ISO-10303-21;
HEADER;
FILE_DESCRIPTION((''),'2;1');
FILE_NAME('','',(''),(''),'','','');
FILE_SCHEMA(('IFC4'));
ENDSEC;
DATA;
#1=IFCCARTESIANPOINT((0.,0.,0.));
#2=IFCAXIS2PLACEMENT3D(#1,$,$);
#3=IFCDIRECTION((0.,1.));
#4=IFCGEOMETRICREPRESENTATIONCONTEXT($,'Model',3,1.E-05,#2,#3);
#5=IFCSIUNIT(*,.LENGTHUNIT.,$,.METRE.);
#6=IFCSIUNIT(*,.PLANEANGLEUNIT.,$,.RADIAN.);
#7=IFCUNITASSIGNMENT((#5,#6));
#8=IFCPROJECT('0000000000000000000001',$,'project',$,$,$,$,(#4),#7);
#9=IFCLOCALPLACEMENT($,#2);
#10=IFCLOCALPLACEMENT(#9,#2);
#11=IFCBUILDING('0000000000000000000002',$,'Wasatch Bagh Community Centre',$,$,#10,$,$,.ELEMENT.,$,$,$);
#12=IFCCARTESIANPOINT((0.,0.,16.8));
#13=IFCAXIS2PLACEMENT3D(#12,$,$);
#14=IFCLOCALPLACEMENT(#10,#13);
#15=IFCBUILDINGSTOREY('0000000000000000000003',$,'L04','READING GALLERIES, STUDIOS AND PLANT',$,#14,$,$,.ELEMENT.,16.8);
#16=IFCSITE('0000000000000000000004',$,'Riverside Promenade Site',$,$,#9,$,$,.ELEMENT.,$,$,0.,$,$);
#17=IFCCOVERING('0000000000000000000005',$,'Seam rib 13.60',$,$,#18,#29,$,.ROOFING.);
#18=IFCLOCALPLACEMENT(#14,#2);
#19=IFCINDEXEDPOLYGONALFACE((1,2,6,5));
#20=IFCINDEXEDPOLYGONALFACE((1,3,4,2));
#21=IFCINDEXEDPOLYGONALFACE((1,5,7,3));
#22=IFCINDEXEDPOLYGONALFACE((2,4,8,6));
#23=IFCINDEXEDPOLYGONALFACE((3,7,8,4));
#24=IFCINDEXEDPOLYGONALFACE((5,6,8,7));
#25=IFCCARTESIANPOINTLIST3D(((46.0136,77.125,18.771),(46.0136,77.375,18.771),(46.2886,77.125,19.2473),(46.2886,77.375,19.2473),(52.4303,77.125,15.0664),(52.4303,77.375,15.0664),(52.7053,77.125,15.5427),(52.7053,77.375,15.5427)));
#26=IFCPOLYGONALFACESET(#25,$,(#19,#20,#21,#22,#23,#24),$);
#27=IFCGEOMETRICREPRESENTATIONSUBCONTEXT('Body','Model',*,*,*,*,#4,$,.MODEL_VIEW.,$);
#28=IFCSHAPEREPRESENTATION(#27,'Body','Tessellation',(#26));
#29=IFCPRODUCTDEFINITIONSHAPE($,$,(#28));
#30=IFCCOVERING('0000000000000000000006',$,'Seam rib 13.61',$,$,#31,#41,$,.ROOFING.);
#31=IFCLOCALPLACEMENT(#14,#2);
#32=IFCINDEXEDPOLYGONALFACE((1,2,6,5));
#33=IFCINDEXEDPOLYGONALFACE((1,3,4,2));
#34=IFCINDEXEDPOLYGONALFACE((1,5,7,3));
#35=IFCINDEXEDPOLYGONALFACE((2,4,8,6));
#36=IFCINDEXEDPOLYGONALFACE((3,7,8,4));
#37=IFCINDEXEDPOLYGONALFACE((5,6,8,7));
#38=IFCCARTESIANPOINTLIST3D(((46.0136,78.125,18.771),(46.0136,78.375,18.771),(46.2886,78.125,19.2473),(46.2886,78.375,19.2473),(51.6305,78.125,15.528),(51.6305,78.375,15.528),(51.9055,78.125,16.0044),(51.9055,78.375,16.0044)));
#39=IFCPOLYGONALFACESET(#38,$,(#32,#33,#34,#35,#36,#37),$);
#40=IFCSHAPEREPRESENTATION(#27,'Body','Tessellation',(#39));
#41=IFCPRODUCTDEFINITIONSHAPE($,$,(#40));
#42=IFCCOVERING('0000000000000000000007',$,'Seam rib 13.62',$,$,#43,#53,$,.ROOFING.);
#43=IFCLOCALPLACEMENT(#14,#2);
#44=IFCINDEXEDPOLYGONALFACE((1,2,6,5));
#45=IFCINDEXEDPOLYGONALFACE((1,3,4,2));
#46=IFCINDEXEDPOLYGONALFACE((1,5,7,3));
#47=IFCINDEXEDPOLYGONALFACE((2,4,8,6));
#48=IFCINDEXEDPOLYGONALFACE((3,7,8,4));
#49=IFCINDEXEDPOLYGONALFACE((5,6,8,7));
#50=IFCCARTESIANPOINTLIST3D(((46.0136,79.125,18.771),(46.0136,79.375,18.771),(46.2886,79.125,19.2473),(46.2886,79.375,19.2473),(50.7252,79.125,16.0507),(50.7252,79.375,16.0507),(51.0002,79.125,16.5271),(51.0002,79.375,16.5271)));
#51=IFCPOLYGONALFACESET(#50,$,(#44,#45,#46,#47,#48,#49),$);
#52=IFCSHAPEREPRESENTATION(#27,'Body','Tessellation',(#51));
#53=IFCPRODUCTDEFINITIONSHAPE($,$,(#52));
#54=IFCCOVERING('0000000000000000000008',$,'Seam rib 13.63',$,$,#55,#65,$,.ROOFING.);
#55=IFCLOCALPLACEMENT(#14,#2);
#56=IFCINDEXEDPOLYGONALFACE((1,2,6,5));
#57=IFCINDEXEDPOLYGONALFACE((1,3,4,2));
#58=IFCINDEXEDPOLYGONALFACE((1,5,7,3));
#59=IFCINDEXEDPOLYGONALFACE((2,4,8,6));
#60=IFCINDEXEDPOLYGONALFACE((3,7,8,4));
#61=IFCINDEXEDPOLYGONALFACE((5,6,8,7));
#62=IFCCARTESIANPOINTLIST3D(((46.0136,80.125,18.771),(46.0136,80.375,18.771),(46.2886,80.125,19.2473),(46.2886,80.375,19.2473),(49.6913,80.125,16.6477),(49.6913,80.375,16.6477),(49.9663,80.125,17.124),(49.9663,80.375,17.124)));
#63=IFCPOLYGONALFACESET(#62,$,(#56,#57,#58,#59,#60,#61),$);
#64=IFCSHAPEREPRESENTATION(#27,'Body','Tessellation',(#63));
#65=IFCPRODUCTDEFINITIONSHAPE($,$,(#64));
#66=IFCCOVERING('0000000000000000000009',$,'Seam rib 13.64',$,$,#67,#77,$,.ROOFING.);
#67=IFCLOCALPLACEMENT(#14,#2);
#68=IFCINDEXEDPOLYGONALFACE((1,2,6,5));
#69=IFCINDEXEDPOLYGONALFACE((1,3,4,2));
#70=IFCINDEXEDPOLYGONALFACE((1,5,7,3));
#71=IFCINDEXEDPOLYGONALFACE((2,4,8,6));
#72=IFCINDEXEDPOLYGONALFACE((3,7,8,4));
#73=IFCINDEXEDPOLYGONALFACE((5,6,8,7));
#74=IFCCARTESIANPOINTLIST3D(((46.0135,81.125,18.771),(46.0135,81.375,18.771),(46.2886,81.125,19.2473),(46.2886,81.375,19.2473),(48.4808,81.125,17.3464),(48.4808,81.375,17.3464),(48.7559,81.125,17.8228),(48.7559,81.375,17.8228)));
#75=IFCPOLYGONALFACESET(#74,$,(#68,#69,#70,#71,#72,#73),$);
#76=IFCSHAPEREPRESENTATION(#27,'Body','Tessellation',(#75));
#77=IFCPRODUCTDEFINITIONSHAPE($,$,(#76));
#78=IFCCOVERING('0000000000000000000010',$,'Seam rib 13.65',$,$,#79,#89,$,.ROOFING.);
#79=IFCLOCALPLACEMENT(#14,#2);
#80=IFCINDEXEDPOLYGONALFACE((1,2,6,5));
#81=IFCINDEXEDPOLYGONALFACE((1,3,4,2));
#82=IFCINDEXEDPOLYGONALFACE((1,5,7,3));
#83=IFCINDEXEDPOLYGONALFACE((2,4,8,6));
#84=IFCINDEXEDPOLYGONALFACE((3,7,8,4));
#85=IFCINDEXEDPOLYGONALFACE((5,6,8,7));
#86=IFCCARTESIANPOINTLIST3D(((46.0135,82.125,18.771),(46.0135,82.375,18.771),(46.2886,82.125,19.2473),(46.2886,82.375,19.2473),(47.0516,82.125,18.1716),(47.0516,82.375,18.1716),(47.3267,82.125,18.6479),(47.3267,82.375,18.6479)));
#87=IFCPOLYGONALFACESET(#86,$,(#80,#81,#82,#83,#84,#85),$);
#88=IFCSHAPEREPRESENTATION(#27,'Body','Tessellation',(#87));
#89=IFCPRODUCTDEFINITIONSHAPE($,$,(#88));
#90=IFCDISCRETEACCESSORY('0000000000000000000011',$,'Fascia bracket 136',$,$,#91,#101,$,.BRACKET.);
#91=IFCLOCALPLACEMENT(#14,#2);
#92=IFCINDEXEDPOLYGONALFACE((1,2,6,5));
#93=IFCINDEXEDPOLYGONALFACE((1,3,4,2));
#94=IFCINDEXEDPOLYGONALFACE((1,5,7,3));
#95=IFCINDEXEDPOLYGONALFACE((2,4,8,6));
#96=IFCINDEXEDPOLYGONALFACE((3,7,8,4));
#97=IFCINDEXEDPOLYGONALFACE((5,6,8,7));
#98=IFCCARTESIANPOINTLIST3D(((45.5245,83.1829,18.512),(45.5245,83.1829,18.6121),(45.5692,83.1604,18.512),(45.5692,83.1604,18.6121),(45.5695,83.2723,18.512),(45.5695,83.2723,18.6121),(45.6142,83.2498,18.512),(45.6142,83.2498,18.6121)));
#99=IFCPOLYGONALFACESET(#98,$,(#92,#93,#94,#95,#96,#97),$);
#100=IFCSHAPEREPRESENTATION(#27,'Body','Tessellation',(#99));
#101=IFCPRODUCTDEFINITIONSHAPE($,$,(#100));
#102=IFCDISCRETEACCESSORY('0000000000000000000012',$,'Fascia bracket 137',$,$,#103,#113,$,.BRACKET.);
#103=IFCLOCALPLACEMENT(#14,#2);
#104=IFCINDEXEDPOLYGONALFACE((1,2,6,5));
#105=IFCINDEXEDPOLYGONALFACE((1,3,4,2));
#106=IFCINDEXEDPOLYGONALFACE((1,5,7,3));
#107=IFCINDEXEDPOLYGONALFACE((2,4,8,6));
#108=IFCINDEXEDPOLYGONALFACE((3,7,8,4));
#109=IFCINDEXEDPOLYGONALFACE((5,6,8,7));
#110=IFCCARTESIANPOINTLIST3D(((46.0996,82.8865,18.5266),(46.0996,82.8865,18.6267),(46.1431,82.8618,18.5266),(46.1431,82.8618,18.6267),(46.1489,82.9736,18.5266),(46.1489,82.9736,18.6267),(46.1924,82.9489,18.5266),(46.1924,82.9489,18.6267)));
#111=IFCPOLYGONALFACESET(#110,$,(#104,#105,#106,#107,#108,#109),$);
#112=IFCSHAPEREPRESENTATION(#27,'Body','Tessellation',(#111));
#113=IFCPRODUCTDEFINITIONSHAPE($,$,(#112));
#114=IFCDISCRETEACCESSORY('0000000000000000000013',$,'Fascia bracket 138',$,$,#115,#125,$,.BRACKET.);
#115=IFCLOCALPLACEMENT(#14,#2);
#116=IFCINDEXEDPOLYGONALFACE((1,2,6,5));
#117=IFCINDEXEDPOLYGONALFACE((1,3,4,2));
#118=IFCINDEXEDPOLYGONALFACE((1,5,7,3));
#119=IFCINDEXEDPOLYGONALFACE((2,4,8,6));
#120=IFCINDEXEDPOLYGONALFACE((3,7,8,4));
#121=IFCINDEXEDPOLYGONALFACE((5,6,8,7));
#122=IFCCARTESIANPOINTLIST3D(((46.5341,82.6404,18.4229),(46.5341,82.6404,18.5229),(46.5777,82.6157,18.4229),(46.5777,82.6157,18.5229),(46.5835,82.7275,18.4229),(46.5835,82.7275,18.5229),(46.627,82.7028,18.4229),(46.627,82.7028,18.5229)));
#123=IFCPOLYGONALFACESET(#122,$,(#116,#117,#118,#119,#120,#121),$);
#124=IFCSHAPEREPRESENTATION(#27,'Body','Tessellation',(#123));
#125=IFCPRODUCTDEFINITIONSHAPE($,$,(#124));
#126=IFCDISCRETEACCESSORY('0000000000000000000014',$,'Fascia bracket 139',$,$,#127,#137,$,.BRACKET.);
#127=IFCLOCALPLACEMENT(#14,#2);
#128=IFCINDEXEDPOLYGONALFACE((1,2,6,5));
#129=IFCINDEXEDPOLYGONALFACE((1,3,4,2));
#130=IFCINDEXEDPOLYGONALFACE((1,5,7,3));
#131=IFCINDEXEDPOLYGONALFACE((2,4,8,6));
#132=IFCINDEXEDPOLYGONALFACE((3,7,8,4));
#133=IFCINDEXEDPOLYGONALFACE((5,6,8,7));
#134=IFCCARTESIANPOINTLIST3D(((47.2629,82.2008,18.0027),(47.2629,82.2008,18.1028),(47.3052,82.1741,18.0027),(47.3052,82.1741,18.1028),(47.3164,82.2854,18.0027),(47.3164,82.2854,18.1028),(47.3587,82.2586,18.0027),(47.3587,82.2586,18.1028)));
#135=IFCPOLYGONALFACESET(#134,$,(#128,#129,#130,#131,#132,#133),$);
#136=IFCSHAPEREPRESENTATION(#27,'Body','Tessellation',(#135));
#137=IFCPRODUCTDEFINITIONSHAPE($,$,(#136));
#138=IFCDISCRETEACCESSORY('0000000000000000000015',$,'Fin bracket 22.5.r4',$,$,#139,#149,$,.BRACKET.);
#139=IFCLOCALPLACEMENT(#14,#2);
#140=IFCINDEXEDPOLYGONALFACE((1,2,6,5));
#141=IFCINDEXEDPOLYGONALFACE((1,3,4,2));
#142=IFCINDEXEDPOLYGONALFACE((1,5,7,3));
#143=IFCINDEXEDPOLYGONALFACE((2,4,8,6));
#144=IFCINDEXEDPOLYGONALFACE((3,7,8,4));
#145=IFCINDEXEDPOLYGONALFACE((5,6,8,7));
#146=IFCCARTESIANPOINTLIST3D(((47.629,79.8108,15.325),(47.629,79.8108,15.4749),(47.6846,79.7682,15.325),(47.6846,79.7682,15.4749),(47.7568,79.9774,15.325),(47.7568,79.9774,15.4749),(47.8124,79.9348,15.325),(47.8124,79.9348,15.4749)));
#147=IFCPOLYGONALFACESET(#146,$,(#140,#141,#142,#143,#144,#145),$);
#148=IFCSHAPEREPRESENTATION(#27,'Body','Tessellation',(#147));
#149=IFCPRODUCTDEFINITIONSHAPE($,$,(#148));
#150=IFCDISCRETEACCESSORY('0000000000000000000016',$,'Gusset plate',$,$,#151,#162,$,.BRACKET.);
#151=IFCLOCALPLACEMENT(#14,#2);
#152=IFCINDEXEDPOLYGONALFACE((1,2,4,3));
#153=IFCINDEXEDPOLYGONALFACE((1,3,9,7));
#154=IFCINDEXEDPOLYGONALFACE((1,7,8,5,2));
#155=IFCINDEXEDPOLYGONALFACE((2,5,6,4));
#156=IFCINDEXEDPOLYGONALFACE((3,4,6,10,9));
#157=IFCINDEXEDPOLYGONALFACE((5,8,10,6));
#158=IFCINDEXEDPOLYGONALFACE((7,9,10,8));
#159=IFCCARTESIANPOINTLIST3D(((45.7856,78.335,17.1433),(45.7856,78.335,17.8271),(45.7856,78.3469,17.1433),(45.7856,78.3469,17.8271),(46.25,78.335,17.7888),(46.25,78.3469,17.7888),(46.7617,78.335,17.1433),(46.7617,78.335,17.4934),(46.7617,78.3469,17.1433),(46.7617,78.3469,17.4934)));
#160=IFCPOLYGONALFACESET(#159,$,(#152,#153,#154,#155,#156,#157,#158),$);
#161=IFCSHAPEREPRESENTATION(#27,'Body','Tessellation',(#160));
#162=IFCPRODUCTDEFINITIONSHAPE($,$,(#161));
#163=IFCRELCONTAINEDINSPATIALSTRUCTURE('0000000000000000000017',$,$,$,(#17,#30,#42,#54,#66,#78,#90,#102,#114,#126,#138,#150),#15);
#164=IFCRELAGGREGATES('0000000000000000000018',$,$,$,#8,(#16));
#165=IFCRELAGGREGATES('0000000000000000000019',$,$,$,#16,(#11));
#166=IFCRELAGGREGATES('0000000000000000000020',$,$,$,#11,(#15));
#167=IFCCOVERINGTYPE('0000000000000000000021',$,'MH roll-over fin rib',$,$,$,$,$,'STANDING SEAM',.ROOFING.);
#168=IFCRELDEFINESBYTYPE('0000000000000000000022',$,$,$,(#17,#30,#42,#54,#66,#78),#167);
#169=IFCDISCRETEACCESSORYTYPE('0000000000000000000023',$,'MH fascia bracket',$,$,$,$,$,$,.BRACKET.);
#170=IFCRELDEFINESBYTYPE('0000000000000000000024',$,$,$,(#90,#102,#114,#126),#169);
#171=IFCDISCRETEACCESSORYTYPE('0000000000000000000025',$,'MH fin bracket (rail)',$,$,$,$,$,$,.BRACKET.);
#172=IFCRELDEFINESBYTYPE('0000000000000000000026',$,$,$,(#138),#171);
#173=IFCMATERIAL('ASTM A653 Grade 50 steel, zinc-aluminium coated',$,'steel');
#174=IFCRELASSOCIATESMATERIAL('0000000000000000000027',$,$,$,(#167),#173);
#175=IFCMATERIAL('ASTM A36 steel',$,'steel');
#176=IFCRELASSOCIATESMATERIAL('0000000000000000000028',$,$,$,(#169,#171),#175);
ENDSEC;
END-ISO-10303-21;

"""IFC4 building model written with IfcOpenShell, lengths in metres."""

from ifc_helpers import new_model, si_unit, direction, frame, origin, origin_2d, place, context, subcontext, project, spatial, polyline, rectangle, outline, extrude, material, type_object, element, save


model = new_model("IFC4")

# Units and contexts
model_context = context("Model", 3, precision=1e-05, world=origin(), true_north=direction((0.0, 1.0)))
body_context = subcontext(model_context, "Body", "Model", "MODEL_VIEW")
ifc_project = project(units=[si_unit("LENGTHUNIT", "METRE"), si_unit("PLANEANGLEUNIT", "RADIAN")], contexts=[model_context])

# Site, building, storey
site_placement = place(None, origin())
site = spatial("IfcSite", under=ifc_project, at=site_placement, Name="Riverside Promenade Site", CompositionType="ELEMENT", RefElevation=0.0)
building_placement = place(site_placement, origin())
building = spatial("IfcBuilding", under=site, at=building_placement, Name="Wasatch Bagh Community Centre", CompositionType="ELEMENT")
storey_placement = place(building_placement, frame((0.0, 0.0, 16.8)))
storey = spatial("IfcBuildingStorey", under=building, at=storey_placement, Name="L04", Description="READING GALLERIES, STUDIOS AND PLANT", CompositionType="ELEMENT", Elevation=16.8)

# Coverings
ifc_material_1 = material(Name="ASTM A653 Grade 50 steel, zinc-aluminium coated", Category="steel")
covering_type_1 = type_object("IfcCoveringType", Name="MH roll-over fin rib", ElementType="STANDING SEAM", PredefinedType="ROOFING", material=ifc_material_1)
covering_1_placement = place(storey_placement, frame((46.2886, 77.125, 19.2473), z_axis=(0.499988, 0.0, 0.866032), x_axis=(0.866032, 0.0, -0.499988)))
element("IfcCovering", 1, at=covering_1_placement, inside=storey, type_object=covering_type_1, Name="Seam rib 13.60", PredefinedType="ROOFING", context=body_context, shape_type="SweptSolid", body=[
    extrude(outline(polyline([(0.0, 0.0), (7.4094, 0.0), (7.4094, 0.25), (0.0, 0.25), (0.0, 0.0)])), origin(), (0.0, 0.0, -1.0), 0.55),
])
covering_2_placement = place(storey_placement, frame((46.2886, 78.125, 19.2473), z_axis=(0.499997, 0.0, 0.866027), x_axis=(0.866027, 0.0, -0.499997)))
element("IfcCovering", 2, at=covering_2_placement, inside=storey, type_object=covering_type_1, Name="Seam rib 13.61", PredefinedType="ROOFING", context=body_context, shape_type="SweptSolid", body=[
    extrude(outline(polyline([(0.0, 0.0), (6.4859, 0.0), (6.4859, 0.25), (0.0, 0.25), (0.0, 0.0)])), origin(), (0.0, 0.0, -1.0), 0.55),
])
covering_3_placement = place(storey_placement, frame((46.2886, 79.125, 19.2473), z_axis=(0.49999, 0.0, 0.866031), x_axis=(0.866031, 0.0, -0.49999)))
element("IfcCovering", 3, at=covering_3_placement, inside=storey, type_object=covering_type_1, Name="Seam rib 13.62", PredefinedType="ROOFING", context=body_context, shape_type="SweptSolid", body=[
    extrude(outline(polyline([(0.0, 0.0), (5.4405, 0.0), (5.4405, 0.25), (0.0, 0.25), (0.0, 0.0)])), origin(), (0.0, 0.0, -1.0), 0.55),
])
covering_4_placement = place(storey_placement, frame((46.2886, 80.125, 19.2473), z_axis=(0.499991, 0.0, 0.86603), x_axis=(0.86603, 0.0, -0.499991)))
element("IfcCovering", 4, at=covering_4_placement, inside=storey, type_object=covering_type_1, Name="Seam rib 13.63", PredefinedType="ROOFING", context=body_context, shape_type="SweptSolid", body=[
    extrude(outline(polyline([(0.0, 0.0), (4.2467, 0.0), (4.2467, 0.25), (0.0, 0.25), (0.0, 0.0)])), origin(), (0.0, 0.0, -1.0), 0.55),
])
covering_5_placement = place(storey_placement, frame((46.2886, 81.125, 19.2473), z_axis=(0.500019, 0.0, 0.866014), x_axis=(0.866014, 0.0, -0.500019)))
element("IfcCovering", 5, at=covering_5_placement, inside=storey, type_object=covering_type_1, Name="Seam rib 13.64", PredefinedType="ROOFING", context=body_context, shape_type="SweptSolid", body=[
    extrude(outline(polyline([(0.0, 0.0), (2.849, 0.0), (2.849, 0.25), (0.0, 0.25), (0.0, 0.0)])), origin(), (0.0, 0.0, -1.0), 0.55),
])
covering_6_placement = place(storey_placement, frame((46.2886, 82.125, 19.2473), z_axis=(0.500016, 0.0, 0.866016), x_axis=(0.866016, 0.0, -0.500016)))
element("IfcCovering", 6, at=covering_6_placement, inside=storey, type_object=covering_type_1, Name="Seam rib 13.65", PredefinedType="ROOFING", context=body_context, shape_type="SweptSolid", body=[
    extrude(outline(polyline([(0.0, 0.0), (1.1987, 0.0), (1.1987, 0.25), (0.0, 0.25), (0.0, 0.0)])), origin(), (0.0, 0.0, -1.0), 0.55),
])

# Discrete accessories
ifc_material_2 = material(Name="ASTM A36 steel", Category="steel")
discrete_accessory_type_1 = type_object("IfcDiscreteAccessoryType", Name="MH fascia bracket", PredefinedType="BRACKET", material=ifc_material_2)
for number, where, z_axis, x_axis, name in (
    (7, (45.5693, 83.2163, 18.512), (0.0, 0.0, 1.0), (0.449611, 0.893224, 0.0), "Fascia bracket 136"),
    (8, (46.146, 82.9177, 18.5266), (0.0, 0.0, 1.0), (0.492898, 0.870087, 0.0), "Fascia bracket 137"),
    (9, (46.5806, 82.6716, 18.4229), (0.0, 0.0, 1.0), (0.492898, 0.870087, 0.0), "Fascia bracket 138"),
    (10, (47.3108, 82.2297, 18.0027), (0.0, 0.0, 1.0), (0.534998, 0.844854, 0.0), "Fascia bracket 139"),
):
    element("IfcDiscreteAccessory", number, at=place(storey_placement, frame(where, z_axis=z_axis, x_axis=x_axis)), inside=storey, type_object=discrete_accessory_type_1, Name=name, PredefinedType="BRACKET", context=body_context, shape_type="SweptSolid", body=[
        extrude(rectangle(XDim=0.1001, YDim=0.05, at=origin_2d()), origin(), (0.0, 0.0, 1.0), 0.1001),
    ])
discrete_accessory_type_2 = type_object("IfcDiscreteAccessoryType", Name="MH fin bracket (rail)", PredefinedType="BRACKET", material=ifc_material_2)
discrete_accessory_1_placement = place(storey_placement, frame((47.7207, 79.8728, 15.325), z_axis=(0.0, 0.0, 1.0), x_axis=(-0.793353, 0.608761, 0.0)))
element("IfcDiscreteAccessory", 11, at=discrete_accessory_1_placement, inside=storey, type_object=discrete_accessory_type_2, Name="Fin bracket 22.5.r4", PredefinedType="BRACKET", context=body_context, shape_type="SweptSolid", body=[
    extrude(rectangle(XDim=0.0701, YDim=0.21, at=origin_2d()), origin(), (0.0, 0.0, 1.0), 0.1499),
])
discrete_accessory_2_placement = place(storey_placement, frame((45.7856, 78.3469, 17.8271), z_axis=(0.0, 1.0, 0.0), x_axis=(0.99661, 0.0, -0.082265)))
element("IfcDiscreteAccessory", 12, at=discrete_accessory_2_placement, inside=storey, Name="Gusset plate", PredefinedType="BRACKET", context=body_context, shape_type="SweptSolid", body=[
    extrude(outline(polyline([(0.0, 0.0), (0.4659, 0.0), (1.0002, 0.2523), (1.029, 0.6012), (0.0563, 0.6815), (0.0, 0.0)])), origin(), (0.0, 0.0, -1.0), 0.012),
])

save(model, "model.ifc")
